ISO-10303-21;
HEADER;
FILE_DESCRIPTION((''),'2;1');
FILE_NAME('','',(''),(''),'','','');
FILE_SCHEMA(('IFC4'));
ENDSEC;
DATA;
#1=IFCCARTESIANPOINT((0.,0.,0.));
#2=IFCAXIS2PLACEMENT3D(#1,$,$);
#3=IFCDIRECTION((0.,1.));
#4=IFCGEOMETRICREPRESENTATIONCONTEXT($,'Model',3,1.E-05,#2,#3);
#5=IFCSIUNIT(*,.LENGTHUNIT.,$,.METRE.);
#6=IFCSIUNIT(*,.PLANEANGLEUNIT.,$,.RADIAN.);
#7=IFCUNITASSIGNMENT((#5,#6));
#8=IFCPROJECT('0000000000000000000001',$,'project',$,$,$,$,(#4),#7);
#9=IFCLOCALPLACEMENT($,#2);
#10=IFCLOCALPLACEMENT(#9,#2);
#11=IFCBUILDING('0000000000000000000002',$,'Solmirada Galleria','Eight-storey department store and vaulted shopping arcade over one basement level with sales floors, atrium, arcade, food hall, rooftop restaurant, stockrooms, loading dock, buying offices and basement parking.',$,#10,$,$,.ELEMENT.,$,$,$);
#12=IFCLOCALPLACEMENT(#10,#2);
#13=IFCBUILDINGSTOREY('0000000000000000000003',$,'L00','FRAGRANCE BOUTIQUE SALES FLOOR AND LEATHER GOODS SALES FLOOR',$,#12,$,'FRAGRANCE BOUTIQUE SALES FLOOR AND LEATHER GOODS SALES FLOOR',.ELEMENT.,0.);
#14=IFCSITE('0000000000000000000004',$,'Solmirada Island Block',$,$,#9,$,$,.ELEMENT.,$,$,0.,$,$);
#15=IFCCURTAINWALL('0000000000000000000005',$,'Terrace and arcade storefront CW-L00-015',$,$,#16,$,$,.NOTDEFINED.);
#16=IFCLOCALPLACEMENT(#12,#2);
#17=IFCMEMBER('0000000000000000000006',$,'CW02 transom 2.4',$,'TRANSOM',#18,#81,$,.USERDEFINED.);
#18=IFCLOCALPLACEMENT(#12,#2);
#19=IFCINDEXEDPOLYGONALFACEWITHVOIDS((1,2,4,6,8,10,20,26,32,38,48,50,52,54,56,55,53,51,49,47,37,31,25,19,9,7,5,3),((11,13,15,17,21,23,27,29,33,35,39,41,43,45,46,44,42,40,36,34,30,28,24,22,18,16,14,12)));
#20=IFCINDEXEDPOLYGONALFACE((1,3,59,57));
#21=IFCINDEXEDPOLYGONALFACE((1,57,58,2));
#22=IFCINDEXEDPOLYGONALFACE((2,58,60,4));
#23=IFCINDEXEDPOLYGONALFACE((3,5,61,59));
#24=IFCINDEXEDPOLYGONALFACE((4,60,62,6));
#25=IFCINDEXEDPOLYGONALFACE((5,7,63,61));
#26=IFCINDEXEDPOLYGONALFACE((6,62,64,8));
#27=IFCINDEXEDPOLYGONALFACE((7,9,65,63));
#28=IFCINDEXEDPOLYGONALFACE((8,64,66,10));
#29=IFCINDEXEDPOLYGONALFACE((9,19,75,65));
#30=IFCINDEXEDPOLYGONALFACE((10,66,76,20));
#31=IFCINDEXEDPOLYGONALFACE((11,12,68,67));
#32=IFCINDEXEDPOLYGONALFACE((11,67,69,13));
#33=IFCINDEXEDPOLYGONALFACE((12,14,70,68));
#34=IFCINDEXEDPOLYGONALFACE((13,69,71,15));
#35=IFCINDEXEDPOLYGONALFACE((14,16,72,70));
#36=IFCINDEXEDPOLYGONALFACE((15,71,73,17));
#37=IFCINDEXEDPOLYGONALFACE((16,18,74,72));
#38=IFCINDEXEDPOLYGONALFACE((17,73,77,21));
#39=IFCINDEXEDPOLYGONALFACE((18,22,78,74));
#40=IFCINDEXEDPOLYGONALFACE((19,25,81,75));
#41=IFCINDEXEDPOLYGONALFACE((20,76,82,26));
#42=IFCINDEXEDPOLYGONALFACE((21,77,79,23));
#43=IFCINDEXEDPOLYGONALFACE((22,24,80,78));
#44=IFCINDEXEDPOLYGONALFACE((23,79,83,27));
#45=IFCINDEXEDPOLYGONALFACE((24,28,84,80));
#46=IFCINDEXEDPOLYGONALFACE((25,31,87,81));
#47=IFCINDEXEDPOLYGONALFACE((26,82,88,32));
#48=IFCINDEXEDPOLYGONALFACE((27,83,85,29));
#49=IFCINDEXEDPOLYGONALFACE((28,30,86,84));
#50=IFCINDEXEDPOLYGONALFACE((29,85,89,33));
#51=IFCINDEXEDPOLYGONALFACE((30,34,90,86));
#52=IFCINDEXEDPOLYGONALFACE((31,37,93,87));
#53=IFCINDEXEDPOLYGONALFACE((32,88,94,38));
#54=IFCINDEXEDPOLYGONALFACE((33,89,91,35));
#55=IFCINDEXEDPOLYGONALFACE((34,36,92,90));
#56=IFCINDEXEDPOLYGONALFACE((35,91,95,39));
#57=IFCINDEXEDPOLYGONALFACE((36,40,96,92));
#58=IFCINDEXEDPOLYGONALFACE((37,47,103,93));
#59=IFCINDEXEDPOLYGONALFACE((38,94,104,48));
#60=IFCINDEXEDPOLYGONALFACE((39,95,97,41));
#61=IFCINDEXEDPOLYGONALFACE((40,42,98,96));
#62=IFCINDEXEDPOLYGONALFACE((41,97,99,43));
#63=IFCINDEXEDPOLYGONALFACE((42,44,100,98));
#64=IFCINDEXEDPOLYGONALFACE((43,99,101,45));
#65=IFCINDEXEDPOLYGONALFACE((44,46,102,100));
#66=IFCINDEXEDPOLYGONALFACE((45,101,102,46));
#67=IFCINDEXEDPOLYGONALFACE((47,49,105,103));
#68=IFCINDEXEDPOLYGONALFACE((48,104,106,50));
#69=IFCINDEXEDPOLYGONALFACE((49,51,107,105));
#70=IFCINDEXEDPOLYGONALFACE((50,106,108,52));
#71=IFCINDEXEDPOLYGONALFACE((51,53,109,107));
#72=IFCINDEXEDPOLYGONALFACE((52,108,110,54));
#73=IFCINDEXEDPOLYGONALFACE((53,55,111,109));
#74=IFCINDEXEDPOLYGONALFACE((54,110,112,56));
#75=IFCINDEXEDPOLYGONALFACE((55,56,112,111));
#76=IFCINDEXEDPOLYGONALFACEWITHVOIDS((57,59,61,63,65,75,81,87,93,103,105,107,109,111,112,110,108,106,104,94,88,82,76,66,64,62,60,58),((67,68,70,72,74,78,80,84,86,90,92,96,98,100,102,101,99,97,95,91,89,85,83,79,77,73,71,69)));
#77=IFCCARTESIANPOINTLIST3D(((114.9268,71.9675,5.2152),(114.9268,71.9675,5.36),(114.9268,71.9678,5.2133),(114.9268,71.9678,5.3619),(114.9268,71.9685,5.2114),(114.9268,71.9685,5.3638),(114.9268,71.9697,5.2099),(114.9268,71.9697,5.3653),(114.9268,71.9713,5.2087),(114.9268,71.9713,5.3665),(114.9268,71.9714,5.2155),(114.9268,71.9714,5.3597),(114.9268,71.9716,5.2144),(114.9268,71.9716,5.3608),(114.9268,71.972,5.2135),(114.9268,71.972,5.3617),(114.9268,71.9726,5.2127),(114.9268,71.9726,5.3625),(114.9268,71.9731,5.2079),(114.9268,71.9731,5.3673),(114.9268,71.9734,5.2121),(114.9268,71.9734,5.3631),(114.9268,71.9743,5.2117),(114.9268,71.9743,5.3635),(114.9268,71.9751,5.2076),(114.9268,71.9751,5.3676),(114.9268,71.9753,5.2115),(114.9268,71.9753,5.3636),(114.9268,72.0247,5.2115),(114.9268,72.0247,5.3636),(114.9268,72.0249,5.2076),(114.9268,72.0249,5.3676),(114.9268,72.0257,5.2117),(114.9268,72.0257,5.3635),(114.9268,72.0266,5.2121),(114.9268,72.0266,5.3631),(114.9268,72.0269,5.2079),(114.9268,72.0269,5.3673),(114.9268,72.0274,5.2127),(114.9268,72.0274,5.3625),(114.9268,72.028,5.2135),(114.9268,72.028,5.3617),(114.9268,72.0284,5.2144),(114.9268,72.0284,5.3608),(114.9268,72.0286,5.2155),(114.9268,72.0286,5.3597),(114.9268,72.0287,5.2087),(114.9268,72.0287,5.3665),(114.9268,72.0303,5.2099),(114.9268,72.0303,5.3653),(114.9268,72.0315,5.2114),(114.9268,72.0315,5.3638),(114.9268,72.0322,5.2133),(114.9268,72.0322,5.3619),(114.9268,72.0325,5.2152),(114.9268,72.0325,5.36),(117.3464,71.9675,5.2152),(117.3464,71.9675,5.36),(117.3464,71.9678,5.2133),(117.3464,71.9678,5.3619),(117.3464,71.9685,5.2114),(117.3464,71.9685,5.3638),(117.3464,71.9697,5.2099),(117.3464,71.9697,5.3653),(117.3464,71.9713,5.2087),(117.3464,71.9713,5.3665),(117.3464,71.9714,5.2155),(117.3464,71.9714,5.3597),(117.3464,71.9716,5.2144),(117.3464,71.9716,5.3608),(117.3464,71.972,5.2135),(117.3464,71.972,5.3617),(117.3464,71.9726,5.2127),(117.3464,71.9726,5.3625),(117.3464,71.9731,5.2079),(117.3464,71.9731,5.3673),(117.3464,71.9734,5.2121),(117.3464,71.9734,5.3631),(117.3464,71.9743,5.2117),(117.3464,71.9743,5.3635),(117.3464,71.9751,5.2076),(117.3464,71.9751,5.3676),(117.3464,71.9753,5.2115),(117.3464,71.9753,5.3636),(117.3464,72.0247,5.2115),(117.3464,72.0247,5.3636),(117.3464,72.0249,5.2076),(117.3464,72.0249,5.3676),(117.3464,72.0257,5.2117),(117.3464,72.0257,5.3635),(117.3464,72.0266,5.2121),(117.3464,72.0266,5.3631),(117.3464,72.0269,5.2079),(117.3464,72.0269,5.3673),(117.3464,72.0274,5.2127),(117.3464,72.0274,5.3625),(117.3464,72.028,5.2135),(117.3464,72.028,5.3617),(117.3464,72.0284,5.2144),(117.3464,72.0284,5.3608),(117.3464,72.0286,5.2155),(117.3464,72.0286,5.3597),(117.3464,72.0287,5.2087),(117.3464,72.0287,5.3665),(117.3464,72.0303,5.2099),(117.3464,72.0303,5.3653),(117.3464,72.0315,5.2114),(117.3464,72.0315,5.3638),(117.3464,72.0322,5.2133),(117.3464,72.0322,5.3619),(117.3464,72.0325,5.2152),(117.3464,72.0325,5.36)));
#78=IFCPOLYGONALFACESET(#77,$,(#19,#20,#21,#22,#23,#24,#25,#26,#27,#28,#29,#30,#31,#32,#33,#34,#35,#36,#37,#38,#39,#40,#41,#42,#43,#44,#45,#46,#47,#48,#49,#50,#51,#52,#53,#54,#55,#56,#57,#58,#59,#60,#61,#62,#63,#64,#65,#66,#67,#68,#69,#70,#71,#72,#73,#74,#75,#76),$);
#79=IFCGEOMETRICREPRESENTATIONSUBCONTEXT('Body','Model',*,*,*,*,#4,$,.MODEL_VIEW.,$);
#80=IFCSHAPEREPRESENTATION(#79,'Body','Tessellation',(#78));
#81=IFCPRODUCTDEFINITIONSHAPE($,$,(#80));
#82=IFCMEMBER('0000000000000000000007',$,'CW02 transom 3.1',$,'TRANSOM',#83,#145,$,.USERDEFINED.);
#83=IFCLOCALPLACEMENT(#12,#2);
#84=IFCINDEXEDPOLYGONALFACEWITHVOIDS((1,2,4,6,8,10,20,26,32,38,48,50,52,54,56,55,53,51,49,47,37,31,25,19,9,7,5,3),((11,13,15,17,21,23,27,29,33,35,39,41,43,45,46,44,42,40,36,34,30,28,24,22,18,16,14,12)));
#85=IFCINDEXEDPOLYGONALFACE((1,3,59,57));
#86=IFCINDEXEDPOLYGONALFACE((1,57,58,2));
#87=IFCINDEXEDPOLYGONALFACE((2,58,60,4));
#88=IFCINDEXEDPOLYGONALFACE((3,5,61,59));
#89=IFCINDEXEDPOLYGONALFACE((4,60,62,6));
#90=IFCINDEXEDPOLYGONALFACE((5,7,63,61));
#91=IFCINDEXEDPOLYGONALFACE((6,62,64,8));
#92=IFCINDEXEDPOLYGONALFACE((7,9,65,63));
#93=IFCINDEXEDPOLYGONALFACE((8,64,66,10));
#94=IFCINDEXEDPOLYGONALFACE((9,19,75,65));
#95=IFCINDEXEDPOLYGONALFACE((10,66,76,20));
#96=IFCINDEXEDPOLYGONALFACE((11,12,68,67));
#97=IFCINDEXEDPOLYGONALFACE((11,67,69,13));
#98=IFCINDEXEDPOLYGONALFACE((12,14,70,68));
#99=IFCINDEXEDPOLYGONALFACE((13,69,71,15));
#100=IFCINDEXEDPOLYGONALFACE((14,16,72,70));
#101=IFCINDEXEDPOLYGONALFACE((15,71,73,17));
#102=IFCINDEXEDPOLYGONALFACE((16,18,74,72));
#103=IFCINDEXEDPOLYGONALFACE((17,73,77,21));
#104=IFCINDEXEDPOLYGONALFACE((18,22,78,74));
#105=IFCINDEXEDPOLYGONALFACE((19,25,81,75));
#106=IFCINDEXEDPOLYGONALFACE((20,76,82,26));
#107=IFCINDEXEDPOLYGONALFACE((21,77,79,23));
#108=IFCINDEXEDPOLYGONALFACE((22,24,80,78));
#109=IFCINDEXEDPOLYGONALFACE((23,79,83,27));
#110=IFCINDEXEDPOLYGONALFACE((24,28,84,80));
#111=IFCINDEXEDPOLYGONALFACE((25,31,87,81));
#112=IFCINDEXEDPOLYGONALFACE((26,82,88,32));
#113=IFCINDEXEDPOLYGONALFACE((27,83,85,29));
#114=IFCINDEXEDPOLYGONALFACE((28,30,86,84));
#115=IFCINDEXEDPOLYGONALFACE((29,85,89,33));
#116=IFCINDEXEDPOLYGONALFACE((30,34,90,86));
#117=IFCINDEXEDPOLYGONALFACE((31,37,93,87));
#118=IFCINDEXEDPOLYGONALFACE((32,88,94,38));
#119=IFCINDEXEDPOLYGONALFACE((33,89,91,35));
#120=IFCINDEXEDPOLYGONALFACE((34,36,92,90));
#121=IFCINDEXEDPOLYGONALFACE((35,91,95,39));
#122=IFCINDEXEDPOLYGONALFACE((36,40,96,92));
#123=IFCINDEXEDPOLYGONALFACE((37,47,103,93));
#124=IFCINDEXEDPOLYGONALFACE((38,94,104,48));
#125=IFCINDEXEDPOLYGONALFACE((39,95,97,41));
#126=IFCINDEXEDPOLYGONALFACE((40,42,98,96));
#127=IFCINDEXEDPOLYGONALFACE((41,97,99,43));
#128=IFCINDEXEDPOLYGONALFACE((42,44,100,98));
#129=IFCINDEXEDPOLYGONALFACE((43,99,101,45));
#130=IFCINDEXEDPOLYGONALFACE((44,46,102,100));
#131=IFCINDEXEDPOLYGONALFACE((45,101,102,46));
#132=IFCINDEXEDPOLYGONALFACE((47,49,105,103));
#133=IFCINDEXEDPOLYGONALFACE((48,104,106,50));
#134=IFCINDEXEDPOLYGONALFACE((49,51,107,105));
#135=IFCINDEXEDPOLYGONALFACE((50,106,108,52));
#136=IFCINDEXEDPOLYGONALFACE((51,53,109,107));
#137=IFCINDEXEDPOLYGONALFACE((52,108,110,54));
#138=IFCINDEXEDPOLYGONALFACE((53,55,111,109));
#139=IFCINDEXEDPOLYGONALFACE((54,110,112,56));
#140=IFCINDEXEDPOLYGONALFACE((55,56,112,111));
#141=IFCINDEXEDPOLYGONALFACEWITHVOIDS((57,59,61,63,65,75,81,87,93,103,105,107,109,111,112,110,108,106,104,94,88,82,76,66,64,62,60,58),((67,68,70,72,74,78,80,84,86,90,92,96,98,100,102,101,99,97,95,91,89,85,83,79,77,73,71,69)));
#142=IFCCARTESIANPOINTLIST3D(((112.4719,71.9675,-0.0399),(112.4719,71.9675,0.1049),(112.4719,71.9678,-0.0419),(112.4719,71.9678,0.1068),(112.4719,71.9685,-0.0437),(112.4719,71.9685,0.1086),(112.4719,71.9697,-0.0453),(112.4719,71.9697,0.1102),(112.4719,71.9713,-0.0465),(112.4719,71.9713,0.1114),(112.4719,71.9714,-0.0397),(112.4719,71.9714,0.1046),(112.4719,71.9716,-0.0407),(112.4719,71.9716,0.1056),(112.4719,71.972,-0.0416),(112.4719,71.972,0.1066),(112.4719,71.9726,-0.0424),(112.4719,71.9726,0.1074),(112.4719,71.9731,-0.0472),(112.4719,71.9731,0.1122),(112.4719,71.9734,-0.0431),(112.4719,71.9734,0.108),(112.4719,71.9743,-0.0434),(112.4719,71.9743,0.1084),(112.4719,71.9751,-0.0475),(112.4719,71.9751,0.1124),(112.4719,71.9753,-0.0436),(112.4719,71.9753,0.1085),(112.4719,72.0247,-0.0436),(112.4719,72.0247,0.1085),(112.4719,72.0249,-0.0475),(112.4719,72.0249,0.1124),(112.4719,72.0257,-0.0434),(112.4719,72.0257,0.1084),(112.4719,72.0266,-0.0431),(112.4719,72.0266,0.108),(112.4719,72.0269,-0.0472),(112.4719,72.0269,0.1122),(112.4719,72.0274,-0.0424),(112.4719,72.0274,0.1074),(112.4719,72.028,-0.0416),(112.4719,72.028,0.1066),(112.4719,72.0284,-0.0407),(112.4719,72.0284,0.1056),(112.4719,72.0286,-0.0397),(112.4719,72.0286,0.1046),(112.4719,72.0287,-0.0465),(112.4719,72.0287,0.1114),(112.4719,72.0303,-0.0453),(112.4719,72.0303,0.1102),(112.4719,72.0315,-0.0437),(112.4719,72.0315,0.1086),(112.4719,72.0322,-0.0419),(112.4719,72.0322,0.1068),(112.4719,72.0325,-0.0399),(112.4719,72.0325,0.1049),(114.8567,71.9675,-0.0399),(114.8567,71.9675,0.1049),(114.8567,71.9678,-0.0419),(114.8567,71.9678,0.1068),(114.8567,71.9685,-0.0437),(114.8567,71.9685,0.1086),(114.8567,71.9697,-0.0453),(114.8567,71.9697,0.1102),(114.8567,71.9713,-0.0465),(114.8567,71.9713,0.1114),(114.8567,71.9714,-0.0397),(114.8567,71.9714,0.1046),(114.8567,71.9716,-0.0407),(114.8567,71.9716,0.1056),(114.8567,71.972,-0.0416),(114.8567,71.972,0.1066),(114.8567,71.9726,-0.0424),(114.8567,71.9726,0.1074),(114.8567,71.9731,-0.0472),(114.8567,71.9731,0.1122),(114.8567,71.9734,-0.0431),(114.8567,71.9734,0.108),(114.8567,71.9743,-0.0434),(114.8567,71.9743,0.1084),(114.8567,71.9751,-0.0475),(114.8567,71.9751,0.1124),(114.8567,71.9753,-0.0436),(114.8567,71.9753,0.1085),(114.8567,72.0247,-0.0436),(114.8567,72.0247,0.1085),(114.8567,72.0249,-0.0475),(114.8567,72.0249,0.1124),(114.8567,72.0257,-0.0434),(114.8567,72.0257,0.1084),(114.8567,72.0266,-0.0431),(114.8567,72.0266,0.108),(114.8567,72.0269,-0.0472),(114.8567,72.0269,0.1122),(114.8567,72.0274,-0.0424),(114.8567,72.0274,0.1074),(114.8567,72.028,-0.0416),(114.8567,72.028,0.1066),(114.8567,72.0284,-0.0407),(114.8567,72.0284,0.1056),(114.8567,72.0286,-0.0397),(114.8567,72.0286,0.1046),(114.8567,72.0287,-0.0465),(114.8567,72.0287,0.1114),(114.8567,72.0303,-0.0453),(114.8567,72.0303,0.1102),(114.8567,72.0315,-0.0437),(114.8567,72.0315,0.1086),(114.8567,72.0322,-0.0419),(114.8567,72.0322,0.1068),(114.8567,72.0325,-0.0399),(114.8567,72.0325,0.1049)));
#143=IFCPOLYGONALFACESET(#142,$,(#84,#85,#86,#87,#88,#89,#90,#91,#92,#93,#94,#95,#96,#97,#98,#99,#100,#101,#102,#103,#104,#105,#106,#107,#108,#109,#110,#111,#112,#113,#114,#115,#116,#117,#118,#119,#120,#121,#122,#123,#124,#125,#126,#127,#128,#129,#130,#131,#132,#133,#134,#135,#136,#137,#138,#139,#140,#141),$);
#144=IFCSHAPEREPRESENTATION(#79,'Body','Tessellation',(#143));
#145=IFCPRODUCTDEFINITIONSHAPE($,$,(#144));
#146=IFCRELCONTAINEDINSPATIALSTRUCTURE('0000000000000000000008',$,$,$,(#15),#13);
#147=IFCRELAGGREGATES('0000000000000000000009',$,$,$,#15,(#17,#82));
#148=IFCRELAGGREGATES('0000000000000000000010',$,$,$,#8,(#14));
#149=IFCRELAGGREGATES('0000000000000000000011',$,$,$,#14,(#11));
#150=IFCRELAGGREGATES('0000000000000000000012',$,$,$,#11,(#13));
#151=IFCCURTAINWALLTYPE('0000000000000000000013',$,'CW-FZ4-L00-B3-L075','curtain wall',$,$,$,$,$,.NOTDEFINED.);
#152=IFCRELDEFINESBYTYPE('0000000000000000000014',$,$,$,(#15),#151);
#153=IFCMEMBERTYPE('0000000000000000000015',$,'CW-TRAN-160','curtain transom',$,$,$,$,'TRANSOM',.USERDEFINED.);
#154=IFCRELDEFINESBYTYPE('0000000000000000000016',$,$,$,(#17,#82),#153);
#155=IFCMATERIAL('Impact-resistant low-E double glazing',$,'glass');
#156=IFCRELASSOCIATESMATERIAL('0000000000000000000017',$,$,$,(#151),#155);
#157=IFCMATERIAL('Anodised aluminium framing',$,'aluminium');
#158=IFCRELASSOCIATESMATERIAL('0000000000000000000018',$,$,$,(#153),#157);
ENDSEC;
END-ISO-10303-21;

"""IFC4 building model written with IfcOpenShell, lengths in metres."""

from ifc_helpers import new_model, si_unit, direction, frame, origin, origin_2d, place, context, subcontext, project, spatial, hollow_rectangle, extrude, material, material_profile, profile_set, type_object, element, aggregate, save


model = new_model("IFC4")

# Units and contexts
model_context = context("Model", 3, precision=1e-05, world=origin(), true_north=direction((0.0, 1.0)))
body_context = subcontext(model_context, "Body", "Model", "MODEL_VIEW")
ifc_project = project(units=[si_unit("LENGTHUNIT", "METRE"), si_unit("PLANEANGLEUNIT", "RADIAN")], contexts=[model_context])

# Site, building, storey
site_placement = place(None, origin())
site = spatial("IfcSite", under=ifc_project, at=site_placement, Name="Solmirada Island Block", CompositionType="ELEMENT", RefElevation=0.0)
building_placement = place(site_placement, origin())
building = spatial("IfcBuilding", under=site, at=building_placement, Name="Solmirada Galleria", Description="Eight-storey department store and vaulted shopping arcade over one basement level with sales floors, atrium, arcade, food hall, rooftop restaurant, stockrooms, loading dock, buying offices and basement parking.", CompositionType="ELEMENT")
storey_placement = place(building_placement, origin())
storey = spatial("IfcBuildingStorey", under=building, at=storey_placement, Name="L00", Description="FRAGRANCE BOUTIQUE SALES FLOOR AND LEATHER GOODS SALES FLOOR", LongName="FRAGRANCE BOUTIQUE SALES FLOOR AND LEATHER GOODS SALES FLOOR", CompositionType="ELEMENT", Elevation=0.0)

# Curtain wall
ifc_material_1 = material(Name="Impact-resistant low-E double glazing", Category="glass")
curtain_wall_type_1 = type_object("IfcCurtainWallType", Name="CW-FZ4-L00-B3-L075", Description="curtain wall", PredefinedType="NOTDEFINED", material=ifc_material_1)
curtain_wall_1_placement = place(storey_placement, origin())
curtain_wall_1 = element("IfcCurtainWall", 1, at=curtain_wall_1_placement, inside=storey, type_object=curtain_wall_type_1, Name="Terrace and arcade storefront CW-L00-015", PredefinedType="NOTDEFINED")
ifc_material_2 = material(Name="Anodised aluminium framing", Category="aluminium")

# Members
ifc_material_profile_1 = material_profile(ifc_material_2, hollow_rectangle(XDim=0.0649, YDim=0.1599, WallThickness=0.0039, InnerFilletRadius=0.0039, OuterFilletRadius=0.0076, at=origin_2d()), Name="ALU-TRAN-160X65")
ifc_profile_set_1 = profile_set([ifc_material_profile_1], Name="Anodised aluminium framing")
member_type_1 = type_object("IfcMemberType", Name="CW-TRAN-160", Description="curtain transom", ElementType="TRANSOM", PredefinedType="USERDEFINED", material=ifc_profile_set_1)
member_1_placement = place(storey_placement, frame((117.3464, 72.0, 5.2876), z_axis=(-1.0, 0.0, 0.0), x_axis=(0.0, -1.0, 0.0)))
member_1 = element("IfcMember", 2, at=member_1_placement, type_object=member_type_1, Name="CW02 transom 2.4", ObjectType="TRANSOM", PredefinedType="USERDEFINED", context=body_context, shape_type="SweptSolid", body=[
    extrude(hollow_rectangle(XDim=0.0649, YDim=0.1599, WallThickness=0.0039, InnerFilletRadius=0.0039, OuterFilletRadius=0.0076, at=origin_2d()), origin(), (0.0, 0.0, 1.0), 2.4197),
])
member_2_placement = place(storey_placement, frame((114.8567, 72.0, 0.0325), z_axis=(-1.0, 0.0, 0.0), x_axis=(0.0, -1.0, 0.0)))
member_2 = element("IfcMember", 3, at=member_2_placement, type_object=member_type_1, Name="CW02 transom 3.1", ObjectType="TRANSOM", PredefinedType="USERDEFINED", context=body_context, shape_type="SweptSolid", body=[
    extrude(hollow_rectangle(XDim=0.0649, YDim=0.1599, WallThickness=0.0039, InnerFilletRadius=0.0039, OuterFilletRadius=0.0076, at=origin_2d()), origin(), (0.0, 0.0, 1.0), 2.3848),
])

aggregate(curtain_wall_1, [member_1, member_2])

save(model, "model.ifc")
